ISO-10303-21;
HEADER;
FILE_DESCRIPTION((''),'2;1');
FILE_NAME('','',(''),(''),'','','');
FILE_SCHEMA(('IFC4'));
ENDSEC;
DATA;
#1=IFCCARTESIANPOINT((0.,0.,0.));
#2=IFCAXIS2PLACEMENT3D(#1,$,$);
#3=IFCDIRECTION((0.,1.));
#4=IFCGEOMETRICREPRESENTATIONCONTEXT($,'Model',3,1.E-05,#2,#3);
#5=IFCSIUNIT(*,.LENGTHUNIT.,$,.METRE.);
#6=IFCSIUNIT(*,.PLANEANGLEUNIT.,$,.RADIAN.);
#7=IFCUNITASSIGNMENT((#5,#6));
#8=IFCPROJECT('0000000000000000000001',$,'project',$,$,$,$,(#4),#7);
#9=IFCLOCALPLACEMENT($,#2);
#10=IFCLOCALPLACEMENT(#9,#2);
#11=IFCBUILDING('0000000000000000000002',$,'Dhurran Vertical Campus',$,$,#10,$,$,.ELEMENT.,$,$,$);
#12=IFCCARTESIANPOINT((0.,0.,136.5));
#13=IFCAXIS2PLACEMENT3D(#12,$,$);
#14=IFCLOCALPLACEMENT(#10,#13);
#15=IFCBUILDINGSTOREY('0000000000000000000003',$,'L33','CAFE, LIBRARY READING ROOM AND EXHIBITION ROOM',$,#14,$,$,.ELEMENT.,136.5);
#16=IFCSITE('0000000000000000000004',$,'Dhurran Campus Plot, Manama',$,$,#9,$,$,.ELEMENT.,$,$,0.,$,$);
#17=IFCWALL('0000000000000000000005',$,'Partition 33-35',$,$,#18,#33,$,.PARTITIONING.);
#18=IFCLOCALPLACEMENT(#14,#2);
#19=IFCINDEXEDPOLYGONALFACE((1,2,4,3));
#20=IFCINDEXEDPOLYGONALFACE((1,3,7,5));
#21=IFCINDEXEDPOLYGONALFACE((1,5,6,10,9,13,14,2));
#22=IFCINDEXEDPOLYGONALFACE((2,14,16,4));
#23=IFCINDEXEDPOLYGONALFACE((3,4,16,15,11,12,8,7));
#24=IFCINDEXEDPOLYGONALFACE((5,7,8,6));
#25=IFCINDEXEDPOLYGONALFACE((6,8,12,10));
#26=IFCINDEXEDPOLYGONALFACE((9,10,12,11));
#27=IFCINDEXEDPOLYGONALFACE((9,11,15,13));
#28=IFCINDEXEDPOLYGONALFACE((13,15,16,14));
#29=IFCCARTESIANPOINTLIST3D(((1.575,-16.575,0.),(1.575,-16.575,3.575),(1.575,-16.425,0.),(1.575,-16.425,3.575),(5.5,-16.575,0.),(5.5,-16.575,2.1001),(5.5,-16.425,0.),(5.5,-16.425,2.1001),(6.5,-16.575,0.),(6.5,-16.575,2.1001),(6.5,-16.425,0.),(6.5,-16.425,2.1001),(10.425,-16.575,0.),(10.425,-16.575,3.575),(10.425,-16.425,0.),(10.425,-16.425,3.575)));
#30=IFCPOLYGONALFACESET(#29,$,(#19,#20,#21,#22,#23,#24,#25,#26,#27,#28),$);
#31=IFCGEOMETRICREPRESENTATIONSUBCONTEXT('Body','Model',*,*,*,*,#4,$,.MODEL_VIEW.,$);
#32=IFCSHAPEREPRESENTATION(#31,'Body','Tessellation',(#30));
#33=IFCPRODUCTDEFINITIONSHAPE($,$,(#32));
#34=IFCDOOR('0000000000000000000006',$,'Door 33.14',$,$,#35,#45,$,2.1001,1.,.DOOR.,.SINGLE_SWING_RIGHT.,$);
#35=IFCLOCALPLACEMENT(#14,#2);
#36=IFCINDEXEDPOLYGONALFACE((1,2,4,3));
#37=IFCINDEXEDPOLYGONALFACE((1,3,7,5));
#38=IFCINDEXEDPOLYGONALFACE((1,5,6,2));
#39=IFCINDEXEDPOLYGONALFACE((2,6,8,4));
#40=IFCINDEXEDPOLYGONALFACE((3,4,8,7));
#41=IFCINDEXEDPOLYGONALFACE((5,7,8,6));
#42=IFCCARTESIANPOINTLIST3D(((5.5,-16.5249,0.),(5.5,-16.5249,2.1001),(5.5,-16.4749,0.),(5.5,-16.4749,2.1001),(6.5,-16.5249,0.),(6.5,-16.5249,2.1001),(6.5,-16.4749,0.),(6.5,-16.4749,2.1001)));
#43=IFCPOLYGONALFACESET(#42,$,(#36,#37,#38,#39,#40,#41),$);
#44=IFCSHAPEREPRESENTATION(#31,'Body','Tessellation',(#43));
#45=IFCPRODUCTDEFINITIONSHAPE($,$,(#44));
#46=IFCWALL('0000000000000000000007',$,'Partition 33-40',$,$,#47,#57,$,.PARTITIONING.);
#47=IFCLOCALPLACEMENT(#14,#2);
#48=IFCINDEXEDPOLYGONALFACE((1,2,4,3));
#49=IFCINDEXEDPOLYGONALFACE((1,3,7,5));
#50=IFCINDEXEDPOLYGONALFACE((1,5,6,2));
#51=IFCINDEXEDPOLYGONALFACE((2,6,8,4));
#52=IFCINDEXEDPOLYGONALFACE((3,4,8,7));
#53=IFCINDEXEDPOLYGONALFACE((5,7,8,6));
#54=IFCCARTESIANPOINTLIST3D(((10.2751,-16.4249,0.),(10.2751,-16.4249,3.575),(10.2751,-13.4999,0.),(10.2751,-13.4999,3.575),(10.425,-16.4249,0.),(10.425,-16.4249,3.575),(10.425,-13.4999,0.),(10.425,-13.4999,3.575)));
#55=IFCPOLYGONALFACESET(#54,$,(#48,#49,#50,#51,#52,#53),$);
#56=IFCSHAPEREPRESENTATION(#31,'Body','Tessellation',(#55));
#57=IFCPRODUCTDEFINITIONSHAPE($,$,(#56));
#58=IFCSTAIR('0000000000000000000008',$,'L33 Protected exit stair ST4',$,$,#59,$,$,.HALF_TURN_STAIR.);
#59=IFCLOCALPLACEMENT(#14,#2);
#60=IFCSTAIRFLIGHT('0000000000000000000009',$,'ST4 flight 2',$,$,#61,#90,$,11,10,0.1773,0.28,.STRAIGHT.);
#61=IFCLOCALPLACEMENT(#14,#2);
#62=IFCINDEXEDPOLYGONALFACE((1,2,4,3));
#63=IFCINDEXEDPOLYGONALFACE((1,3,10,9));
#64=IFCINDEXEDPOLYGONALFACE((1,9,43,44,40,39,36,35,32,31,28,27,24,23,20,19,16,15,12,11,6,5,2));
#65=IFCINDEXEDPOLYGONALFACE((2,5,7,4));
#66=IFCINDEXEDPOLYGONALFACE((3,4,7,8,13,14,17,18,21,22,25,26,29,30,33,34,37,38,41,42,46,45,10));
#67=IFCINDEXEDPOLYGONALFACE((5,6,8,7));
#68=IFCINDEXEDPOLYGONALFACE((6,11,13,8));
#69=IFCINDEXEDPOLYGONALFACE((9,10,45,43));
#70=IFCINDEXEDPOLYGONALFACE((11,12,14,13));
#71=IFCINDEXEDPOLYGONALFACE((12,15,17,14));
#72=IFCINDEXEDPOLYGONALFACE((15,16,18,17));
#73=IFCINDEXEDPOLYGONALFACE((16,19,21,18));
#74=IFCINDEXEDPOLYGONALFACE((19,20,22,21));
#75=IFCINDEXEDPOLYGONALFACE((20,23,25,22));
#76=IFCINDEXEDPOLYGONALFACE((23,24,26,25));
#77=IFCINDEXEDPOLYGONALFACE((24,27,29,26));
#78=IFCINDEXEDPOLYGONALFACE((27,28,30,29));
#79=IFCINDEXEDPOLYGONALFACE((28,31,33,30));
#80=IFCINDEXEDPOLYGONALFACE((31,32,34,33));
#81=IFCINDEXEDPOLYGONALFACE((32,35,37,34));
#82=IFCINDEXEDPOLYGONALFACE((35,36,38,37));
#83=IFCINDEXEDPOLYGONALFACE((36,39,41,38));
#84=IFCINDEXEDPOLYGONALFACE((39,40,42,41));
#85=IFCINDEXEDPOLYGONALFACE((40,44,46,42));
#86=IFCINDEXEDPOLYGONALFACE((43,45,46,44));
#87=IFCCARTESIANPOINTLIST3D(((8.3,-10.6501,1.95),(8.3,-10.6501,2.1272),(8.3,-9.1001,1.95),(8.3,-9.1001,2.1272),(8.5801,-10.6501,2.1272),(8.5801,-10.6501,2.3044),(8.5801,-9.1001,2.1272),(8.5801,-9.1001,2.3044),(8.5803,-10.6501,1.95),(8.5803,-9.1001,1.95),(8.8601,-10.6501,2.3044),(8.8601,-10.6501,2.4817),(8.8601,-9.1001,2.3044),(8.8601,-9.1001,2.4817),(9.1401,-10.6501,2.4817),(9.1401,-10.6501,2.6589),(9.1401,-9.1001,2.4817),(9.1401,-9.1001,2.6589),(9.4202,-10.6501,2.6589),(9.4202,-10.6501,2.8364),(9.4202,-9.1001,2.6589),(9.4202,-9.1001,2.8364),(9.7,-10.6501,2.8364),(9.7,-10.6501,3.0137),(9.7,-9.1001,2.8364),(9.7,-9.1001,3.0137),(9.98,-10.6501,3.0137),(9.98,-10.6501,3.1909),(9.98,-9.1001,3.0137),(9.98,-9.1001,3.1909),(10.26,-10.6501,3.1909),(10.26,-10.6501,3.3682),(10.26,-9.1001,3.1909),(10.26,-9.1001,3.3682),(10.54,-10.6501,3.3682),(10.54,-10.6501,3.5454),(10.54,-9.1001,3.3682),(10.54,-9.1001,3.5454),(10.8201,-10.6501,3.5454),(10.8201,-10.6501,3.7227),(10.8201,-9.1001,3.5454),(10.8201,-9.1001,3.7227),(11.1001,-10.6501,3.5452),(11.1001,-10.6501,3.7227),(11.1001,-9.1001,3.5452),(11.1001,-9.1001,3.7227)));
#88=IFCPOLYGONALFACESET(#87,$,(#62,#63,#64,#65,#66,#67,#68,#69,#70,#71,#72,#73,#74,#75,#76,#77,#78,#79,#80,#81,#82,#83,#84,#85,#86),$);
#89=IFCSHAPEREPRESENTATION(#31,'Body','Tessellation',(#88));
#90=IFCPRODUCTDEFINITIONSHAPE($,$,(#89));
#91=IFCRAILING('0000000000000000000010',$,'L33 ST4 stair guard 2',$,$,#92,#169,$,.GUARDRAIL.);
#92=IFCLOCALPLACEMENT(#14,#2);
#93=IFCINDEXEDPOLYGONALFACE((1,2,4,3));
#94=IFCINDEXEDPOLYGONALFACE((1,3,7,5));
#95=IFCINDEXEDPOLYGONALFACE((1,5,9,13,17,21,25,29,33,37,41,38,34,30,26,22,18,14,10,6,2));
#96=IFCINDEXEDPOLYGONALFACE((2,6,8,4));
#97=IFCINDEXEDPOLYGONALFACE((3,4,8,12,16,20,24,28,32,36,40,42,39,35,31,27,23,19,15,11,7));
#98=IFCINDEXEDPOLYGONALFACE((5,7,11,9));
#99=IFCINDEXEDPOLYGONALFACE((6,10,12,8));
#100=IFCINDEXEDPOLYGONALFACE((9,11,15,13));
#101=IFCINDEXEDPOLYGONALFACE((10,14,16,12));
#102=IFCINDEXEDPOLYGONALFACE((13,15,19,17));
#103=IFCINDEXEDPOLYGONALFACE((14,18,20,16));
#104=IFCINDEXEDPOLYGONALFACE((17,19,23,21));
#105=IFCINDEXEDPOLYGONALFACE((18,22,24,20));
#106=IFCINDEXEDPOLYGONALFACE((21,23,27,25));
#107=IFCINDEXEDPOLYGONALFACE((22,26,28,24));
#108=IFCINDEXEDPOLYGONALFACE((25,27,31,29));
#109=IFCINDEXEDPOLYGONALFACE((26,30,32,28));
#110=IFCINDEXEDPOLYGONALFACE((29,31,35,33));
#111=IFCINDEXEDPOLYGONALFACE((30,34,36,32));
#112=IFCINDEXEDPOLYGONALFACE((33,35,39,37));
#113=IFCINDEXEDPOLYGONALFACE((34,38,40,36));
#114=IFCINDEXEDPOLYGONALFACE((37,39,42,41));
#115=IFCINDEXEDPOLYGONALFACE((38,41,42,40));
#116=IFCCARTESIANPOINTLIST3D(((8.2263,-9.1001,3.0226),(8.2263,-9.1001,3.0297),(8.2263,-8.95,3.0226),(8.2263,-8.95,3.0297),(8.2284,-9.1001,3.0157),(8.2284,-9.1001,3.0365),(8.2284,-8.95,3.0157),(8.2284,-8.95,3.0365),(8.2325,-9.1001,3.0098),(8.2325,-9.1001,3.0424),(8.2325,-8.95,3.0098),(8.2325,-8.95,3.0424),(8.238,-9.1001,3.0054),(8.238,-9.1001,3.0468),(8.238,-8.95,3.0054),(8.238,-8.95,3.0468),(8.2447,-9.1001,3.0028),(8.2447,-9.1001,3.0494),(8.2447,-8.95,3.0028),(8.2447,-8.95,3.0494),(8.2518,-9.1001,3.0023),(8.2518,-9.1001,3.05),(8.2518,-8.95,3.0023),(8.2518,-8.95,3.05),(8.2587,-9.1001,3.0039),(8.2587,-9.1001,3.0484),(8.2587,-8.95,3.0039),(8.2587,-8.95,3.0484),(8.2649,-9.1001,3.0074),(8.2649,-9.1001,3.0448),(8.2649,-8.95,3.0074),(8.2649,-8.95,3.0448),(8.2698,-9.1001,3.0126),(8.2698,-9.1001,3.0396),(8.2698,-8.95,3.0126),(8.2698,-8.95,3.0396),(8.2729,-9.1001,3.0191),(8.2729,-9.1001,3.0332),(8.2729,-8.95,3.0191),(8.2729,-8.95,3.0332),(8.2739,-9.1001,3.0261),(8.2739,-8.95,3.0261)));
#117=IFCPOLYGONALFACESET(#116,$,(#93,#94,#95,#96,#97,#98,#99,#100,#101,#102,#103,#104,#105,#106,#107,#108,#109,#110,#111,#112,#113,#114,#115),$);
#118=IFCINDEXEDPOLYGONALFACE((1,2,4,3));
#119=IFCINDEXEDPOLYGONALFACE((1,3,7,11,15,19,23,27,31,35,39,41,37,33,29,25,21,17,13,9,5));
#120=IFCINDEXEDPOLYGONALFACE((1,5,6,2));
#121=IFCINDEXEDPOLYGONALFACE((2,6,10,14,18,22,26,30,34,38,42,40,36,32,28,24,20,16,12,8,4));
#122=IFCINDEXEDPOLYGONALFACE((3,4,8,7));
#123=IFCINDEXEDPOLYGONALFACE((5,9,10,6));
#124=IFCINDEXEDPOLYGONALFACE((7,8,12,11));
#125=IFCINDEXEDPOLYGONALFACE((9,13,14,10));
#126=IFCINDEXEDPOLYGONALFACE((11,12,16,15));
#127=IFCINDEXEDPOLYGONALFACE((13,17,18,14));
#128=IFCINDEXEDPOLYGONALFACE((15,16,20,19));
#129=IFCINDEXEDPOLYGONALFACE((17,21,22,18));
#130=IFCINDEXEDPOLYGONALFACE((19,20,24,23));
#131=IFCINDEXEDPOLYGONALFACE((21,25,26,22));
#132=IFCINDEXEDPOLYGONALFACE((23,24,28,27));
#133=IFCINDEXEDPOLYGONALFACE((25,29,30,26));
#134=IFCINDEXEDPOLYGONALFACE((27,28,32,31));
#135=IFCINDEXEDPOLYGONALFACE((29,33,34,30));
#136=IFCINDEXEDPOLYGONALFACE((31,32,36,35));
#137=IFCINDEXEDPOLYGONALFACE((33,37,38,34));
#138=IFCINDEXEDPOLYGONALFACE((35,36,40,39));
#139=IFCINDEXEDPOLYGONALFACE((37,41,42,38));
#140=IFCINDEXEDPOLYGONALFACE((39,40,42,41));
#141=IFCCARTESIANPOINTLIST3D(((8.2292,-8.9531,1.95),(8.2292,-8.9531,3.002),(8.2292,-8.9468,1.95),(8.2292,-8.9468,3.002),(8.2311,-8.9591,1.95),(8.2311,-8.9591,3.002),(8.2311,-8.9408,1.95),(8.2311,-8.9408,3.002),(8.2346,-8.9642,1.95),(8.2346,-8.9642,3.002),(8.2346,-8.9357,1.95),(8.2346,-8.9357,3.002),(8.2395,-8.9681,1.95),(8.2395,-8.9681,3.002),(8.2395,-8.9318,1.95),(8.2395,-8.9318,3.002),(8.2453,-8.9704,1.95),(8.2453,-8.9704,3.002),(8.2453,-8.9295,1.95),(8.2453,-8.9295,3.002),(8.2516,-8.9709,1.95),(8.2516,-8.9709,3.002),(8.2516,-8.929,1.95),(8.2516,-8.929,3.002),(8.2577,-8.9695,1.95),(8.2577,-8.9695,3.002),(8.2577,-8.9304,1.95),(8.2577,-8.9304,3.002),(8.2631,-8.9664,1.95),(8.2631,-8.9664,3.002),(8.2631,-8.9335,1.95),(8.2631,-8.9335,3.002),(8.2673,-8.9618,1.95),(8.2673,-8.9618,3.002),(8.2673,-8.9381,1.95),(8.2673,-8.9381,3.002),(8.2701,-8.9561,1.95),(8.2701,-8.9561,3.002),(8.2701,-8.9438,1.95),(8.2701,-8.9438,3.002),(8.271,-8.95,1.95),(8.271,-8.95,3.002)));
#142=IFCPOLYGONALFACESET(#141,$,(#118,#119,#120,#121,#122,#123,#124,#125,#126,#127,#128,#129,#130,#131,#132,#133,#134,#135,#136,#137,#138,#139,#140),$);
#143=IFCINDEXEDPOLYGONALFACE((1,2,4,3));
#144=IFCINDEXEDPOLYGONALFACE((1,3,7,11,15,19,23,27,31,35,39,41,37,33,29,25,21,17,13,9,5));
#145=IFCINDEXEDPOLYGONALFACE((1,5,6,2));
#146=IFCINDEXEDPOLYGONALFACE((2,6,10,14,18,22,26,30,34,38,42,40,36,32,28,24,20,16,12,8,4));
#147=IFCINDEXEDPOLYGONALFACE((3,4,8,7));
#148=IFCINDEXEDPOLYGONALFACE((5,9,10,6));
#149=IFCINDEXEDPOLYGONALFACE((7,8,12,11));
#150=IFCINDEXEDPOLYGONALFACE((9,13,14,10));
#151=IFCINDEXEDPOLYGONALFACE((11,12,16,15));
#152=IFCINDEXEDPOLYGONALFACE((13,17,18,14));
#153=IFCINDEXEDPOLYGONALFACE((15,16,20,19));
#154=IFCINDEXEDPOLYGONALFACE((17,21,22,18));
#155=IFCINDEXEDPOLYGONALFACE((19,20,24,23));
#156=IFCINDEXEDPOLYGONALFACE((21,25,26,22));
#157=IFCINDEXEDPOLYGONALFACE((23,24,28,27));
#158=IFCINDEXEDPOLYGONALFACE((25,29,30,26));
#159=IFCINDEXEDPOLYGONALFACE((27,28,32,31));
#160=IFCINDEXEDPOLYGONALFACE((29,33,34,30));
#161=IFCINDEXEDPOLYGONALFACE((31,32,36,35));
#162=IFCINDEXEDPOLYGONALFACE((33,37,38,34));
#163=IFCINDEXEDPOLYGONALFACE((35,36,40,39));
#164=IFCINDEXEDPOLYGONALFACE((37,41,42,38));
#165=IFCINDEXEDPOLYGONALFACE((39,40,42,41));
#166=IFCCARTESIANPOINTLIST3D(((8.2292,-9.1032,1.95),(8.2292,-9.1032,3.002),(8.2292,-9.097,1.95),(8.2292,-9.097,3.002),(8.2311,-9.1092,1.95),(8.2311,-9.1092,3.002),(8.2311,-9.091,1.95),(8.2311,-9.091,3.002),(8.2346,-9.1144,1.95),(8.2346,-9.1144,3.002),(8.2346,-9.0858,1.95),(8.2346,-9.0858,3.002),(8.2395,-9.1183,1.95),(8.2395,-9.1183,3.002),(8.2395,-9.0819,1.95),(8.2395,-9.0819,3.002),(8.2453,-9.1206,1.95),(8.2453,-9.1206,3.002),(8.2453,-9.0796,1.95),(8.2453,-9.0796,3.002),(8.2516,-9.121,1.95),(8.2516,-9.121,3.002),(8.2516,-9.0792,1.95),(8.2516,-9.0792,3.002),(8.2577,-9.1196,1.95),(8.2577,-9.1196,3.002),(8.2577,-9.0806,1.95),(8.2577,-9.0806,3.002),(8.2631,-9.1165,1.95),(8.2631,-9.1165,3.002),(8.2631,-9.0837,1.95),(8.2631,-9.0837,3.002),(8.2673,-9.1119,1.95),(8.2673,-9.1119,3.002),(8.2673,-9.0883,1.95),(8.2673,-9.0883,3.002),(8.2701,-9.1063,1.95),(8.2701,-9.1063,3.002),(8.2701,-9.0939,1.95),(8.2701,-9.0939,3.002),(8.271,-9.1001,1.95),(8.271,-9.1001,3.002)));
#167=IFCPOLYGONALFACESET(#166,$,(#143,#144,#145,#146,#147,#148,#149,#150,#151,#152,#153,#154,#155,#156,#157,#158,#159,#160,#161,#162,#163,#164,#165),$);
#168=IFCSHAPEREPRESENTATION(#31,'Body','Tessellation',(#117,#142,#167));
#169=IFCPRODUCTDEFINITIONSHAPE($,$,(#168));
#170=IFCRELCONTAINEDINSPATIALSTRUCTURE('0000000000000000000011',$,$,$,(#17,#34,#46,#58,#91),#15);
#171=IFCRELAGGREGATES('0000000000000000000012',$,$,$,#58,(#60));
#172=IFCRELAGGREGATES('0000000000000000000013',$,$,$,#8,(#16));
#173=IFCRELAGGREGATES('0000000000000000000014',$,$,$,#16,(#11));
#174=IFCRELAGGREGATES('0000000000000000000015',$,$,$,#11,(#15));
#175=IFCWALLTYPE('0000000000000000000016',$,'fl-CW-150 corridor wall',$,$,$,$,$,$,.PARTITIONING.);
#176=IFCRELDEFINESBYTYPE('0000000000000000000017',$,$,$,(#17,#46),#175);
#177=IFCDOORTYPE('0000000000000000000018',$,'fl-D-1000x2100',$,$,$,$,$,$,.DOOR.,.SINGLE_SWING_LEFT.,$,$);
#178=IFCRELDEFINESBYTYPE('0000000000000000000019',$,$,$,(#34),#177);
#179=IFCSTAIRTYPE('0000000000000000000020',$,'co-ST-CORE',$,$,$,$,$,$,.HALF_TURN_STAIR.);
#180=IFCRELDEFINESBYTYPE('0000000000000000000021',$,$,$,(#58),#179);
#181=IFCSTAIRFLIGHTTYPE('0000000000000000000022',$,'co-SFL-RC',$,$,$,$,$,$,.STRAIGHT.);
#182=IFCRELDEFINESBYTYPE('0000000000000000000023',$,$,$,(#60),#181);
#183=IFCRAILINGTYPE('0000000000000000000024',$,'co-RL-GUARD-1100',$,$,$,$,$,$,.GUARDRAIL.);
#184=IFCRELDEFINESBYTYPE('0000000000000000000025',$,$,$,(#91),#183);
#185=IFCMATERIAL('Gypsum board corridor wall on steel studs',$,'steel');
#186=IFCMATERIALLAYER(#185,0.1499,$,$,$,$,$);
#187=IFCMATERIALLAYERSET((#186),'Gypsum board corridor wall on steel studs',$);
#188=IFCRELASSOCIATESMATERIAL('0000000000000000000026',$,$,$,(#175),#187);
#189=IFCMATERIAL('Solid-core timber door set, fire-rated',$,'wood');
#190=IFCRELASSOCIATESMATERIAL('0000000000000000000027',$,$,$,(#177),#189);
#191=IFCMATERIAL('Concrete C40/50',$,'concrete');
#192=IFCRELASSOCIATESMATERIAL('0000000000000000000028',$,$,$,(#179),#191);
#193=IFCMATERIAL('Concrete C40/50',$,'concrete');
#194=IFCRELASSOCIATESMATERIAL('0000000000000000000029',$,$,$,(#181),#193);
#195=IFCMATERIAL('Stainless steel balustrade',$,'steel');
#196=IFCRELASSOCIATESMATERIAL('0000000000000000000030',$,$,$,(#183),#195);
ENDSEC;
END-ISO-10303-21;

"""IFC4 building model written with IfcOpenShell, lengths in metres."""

from ifc_helpers import new_model, si_unit, direction, frame, frame_2d, origin, origin_2d, place, context, subcontext, project, spatial, polyline, rectangle, circle, outline, extrude, material, layer, layer_set, type_object, element, fill, aggregate, save


model = new_model("IFC4")

# Units and contexts
model_context = context("Model", 3, precision=1e-05, world=origin(), true_north=direction((0.0, 1.0)))
body_context = subcontext(model_context, "Body", "Model", "MODEL_VIEW")
ifc_project = project(units=[si_unit("LENGTHUNIT", "METRE"), si_unit("PLANEANGLEUNIT", "RADIAN")], contexts=[model_context])

# Site, building, storey
site_placement = place(None, origin())
site = spatial("IfcSite", under=ifc_project, at=site_placement, Name="Dhurran Campus Plot, Manama", CompositionType="ELEMENT", RefElevation=0.0)
building_placement = place(site_placement, origin())
building = spatial("IfcBuilding", under=site, at=building_placement, Name="Dhurran Vertical Campus", CompositionType="ELEMENT")
storey_placement = place(building_placement, frame((0.0, 0.0, 136.5)))
storey = spatial("IfcBuildingStorey", under=building, at=storey_placement, Name="L33", Description="CAFE, LIBRARY READING ROOM AND EXHIBITION ROOM", CompositionType="ELEMENT", Elevation=136.5)

# Shared definitions
ifc_material_1 = material(Name="Gypsum board corridor wall on steel studs", Category="steel")
ifc_layer_1 = layer(ifc_material_1, 0.1499)
ifc_layer_set_1 = layer_set([ifc_layer_1], Name="Gypsum board corridor wall on steel studs")
wall_type_1 = type_object("IfcWallType", Name="fl-CW-150 corridor wall", PredefinedType="PARTITIONING", material=ifc_layer_set_1)

# Wall, opening, door
wall_1_placement = place(storey_placement, frame((10.425, -16.5, 0.0), z_axis=(0.0, 0.0, 1.0), x_axis=(-1.0, 0.0, 0.0)))
wall_1 = element("IfcWall", 1, at=wall_1_placement, inside=storey, type_object=wall_type_1, Name="Partition 33-35", PredefinedType="PARTITIONING", context=body_context, shape_type="SweptSolid", body=[
    extrude(rectangle(XDim=8.8501, YDim=0.1499, at=frame_2d((4.425, 0.0))), origin(), (0.0, 0.0, 1.0), 3.575),
])
opening_1_placement = place(wall_1_placement, frame((3.925, 0.0, 0.0)))
opening_1 = element("IfcOpeningElement", 2, at=opening_1_placement, cuts=wall_1, PredefinedType="OPENING", context=body_context, shape_type="SweptSolid", body=[
    extrude(rectangle(XDim=1.0, YDim=2.1001, at=frame_2d((0.5, 1.05))), frame((0.0, 0.085, 0.0), z_axis=(0.0, -1.0, 0.0), x_axis=(1.0, 0.0, 0.0)), (0.0, 0.0, 1.0), 0.1699),
])
ifc_material_2 = material(Name="Solid-core timber door set, fire-rated", Category="wood")
door_type_1 = type_object("IfcDoorType", Name="fl-D-1000x2100", OperationType="SINGLE_SWING_LEFT", PredefinedType="DOOR", material=ifc_material_2)
door_1_placement = place(opening_1_placement, origin())
door_1 = element("IfcDoor", 3, at=door_1_placement, inside=storey, type_object=door_type_1, Name="Door 33.14", OperationType="SINGLE_SWING_RIGHT", OverallHeight=2.1001, OverallWidth=1.0, PredefinedType="DOOR", context=body_context, shape_type="SweptSolid", body=[
    extrude(rectangle(XDim=1.0, YDim=2.1001, at=frame_2d((0.5, 1.05))), frame((0.0, 0.0249, 0.0), z_axis=(0.0, -1.0, 0.0), x_axis=(1.0, 0.0, 0.0)), (0.0, 0.0, 1.0), 0.05),
])
fill(opening_1, door_1)

# Wall
wall_2_placement = place(storey_placement, frame((10.3501, -13.5, 0.0), z_axis=(0.0, 0.0, 1.0), x_axis=(0.0, -1.0, 0.0)))
element("IfcWall", 4, at=wall_2_placement, inside=storey, type_object=wall_type_1, Name="Partition 33-40", PredefinedType="PARTITIONING", context=body_context, shape_type="SweptSolid", body=[
    extrude(rectangle(XDim=2.925, YDim=0.1499, at=frame_2d((1.4624, 0.0))), origin(), (0.0, 0.0, 1.0), 3.575),
])

# Stair, stair flight
ifc_material_3 = material(Name="Concrete C40/50", Category="concrete")
stair_type = type_object("IfcStairType", Name="co-ST-CORE", PredefinedType="HALF_TURN_STAIR", material=ifc_material_3)
stair_placement = place(storey_placement, origin())
stair = element("IfcStair", 5, at=stair_placement, inside=storey, type_object=stair_type, Name="L33 Protected exit stair ST4", PredefinedType="HALF_TURN_STAIR")
ifc_material_4 = material(Name="Concrete C40/50", Category="concrete")
stair_flight_type = type_object("IfcStairFlightType", Name="co-SFL-RC", PredefinedType="STRAIGHT", material=ifc_material_4)
stair_flight_placement = place(storey_placement, frame((8.3, -9.875, 1.95), z_axis=(0.0, 0.0, 1.0), x_axis=(1.0, 0.0, 0.0)))
stair_flight = element("IfcStairFlight", 6, at=stair_flight_placement, type_object=stair_flight_type, Name="ST4 flight 2", NumberOfRisers=11, NumberOfTreads=10, PredefinedType="STRAIGHT", RiserHeight=0.1773, TreadLength=0.28, context=body_context, shape_type="SweptSolid", body=[
    extrude(outline(polyline([(0.0, 0.0), (0.0, 0.1772), (0.28, 0.1772), (0.28, 0.3545), (0.5601, 0.3545), (0.5601, 0.5317), (0.8401, 0.5317), (0.8401, 0.709), (1.1201, 0.709), (1.1201, 0.8865), (1.3999, 0.8865), (1.3999, 1.0637), (1.6799, 1.0637), (1.6799, 1.241), (1.96, 1.241), (1.96, 1.4182), (2.24, 1.4182), (2.24, 1.5955), (2.52, 1.5955), (2.52, 1.7727), (2.8, 1.7727), (2.8, 1.95), (2.8, 1.5952), (0.2803, 0.0), (0.0, 0.0)])), frame((0.0, 0.7749, 0.0), z_axis=(0.0, -1.0, 0.0), x_axis=(1.0, 0.0, 0.0)), (0.0, 0.0, 1.0), 1.55),
])
aggregate(stair, [stair_flight])

# Railing
ifc_material_5 = material(Name="Stainless steel balustrade", Category="steel")
railing_type_1 = type_object("IfcRailingType", Name="co-RL-GUARD-1100", PredefinedType="GUARDRAIL", material=ifc_material_5)
railing_1_placement = place(storey_placement, frame((8.25, -8.95, 1.95)))
element("IfcRailing", 7, at=railing_1_placement, inside=storey, type_object=railing_type_1, Name="L33 ST4 stair guard 2", PredefinedType="GUARDRAIL", context=body_context, shape_type="SweptSolid", body=[
    extrude(circle(Radius=0.0239, at=origin_2d()), frame((0.0, 0.0, 1.0762), z_axis=(0.0, -1.0, 0.0), x_axis=(1.0, 0.0, 0.0)), (0.0, 0.0, 1.0), 0.1501),
    extrude(circle(Radius=0.021, at=origin_2d()), origin(), (0.0, 0.0, 1.0), 1.052),
    extrude(circle(Radius=0.021, at=origin_2d()), frame((0.0, -0.1501, 0.0)), (0.0, 0.0, 1.0), 1.052),
])

save(model, "model.ifc")
